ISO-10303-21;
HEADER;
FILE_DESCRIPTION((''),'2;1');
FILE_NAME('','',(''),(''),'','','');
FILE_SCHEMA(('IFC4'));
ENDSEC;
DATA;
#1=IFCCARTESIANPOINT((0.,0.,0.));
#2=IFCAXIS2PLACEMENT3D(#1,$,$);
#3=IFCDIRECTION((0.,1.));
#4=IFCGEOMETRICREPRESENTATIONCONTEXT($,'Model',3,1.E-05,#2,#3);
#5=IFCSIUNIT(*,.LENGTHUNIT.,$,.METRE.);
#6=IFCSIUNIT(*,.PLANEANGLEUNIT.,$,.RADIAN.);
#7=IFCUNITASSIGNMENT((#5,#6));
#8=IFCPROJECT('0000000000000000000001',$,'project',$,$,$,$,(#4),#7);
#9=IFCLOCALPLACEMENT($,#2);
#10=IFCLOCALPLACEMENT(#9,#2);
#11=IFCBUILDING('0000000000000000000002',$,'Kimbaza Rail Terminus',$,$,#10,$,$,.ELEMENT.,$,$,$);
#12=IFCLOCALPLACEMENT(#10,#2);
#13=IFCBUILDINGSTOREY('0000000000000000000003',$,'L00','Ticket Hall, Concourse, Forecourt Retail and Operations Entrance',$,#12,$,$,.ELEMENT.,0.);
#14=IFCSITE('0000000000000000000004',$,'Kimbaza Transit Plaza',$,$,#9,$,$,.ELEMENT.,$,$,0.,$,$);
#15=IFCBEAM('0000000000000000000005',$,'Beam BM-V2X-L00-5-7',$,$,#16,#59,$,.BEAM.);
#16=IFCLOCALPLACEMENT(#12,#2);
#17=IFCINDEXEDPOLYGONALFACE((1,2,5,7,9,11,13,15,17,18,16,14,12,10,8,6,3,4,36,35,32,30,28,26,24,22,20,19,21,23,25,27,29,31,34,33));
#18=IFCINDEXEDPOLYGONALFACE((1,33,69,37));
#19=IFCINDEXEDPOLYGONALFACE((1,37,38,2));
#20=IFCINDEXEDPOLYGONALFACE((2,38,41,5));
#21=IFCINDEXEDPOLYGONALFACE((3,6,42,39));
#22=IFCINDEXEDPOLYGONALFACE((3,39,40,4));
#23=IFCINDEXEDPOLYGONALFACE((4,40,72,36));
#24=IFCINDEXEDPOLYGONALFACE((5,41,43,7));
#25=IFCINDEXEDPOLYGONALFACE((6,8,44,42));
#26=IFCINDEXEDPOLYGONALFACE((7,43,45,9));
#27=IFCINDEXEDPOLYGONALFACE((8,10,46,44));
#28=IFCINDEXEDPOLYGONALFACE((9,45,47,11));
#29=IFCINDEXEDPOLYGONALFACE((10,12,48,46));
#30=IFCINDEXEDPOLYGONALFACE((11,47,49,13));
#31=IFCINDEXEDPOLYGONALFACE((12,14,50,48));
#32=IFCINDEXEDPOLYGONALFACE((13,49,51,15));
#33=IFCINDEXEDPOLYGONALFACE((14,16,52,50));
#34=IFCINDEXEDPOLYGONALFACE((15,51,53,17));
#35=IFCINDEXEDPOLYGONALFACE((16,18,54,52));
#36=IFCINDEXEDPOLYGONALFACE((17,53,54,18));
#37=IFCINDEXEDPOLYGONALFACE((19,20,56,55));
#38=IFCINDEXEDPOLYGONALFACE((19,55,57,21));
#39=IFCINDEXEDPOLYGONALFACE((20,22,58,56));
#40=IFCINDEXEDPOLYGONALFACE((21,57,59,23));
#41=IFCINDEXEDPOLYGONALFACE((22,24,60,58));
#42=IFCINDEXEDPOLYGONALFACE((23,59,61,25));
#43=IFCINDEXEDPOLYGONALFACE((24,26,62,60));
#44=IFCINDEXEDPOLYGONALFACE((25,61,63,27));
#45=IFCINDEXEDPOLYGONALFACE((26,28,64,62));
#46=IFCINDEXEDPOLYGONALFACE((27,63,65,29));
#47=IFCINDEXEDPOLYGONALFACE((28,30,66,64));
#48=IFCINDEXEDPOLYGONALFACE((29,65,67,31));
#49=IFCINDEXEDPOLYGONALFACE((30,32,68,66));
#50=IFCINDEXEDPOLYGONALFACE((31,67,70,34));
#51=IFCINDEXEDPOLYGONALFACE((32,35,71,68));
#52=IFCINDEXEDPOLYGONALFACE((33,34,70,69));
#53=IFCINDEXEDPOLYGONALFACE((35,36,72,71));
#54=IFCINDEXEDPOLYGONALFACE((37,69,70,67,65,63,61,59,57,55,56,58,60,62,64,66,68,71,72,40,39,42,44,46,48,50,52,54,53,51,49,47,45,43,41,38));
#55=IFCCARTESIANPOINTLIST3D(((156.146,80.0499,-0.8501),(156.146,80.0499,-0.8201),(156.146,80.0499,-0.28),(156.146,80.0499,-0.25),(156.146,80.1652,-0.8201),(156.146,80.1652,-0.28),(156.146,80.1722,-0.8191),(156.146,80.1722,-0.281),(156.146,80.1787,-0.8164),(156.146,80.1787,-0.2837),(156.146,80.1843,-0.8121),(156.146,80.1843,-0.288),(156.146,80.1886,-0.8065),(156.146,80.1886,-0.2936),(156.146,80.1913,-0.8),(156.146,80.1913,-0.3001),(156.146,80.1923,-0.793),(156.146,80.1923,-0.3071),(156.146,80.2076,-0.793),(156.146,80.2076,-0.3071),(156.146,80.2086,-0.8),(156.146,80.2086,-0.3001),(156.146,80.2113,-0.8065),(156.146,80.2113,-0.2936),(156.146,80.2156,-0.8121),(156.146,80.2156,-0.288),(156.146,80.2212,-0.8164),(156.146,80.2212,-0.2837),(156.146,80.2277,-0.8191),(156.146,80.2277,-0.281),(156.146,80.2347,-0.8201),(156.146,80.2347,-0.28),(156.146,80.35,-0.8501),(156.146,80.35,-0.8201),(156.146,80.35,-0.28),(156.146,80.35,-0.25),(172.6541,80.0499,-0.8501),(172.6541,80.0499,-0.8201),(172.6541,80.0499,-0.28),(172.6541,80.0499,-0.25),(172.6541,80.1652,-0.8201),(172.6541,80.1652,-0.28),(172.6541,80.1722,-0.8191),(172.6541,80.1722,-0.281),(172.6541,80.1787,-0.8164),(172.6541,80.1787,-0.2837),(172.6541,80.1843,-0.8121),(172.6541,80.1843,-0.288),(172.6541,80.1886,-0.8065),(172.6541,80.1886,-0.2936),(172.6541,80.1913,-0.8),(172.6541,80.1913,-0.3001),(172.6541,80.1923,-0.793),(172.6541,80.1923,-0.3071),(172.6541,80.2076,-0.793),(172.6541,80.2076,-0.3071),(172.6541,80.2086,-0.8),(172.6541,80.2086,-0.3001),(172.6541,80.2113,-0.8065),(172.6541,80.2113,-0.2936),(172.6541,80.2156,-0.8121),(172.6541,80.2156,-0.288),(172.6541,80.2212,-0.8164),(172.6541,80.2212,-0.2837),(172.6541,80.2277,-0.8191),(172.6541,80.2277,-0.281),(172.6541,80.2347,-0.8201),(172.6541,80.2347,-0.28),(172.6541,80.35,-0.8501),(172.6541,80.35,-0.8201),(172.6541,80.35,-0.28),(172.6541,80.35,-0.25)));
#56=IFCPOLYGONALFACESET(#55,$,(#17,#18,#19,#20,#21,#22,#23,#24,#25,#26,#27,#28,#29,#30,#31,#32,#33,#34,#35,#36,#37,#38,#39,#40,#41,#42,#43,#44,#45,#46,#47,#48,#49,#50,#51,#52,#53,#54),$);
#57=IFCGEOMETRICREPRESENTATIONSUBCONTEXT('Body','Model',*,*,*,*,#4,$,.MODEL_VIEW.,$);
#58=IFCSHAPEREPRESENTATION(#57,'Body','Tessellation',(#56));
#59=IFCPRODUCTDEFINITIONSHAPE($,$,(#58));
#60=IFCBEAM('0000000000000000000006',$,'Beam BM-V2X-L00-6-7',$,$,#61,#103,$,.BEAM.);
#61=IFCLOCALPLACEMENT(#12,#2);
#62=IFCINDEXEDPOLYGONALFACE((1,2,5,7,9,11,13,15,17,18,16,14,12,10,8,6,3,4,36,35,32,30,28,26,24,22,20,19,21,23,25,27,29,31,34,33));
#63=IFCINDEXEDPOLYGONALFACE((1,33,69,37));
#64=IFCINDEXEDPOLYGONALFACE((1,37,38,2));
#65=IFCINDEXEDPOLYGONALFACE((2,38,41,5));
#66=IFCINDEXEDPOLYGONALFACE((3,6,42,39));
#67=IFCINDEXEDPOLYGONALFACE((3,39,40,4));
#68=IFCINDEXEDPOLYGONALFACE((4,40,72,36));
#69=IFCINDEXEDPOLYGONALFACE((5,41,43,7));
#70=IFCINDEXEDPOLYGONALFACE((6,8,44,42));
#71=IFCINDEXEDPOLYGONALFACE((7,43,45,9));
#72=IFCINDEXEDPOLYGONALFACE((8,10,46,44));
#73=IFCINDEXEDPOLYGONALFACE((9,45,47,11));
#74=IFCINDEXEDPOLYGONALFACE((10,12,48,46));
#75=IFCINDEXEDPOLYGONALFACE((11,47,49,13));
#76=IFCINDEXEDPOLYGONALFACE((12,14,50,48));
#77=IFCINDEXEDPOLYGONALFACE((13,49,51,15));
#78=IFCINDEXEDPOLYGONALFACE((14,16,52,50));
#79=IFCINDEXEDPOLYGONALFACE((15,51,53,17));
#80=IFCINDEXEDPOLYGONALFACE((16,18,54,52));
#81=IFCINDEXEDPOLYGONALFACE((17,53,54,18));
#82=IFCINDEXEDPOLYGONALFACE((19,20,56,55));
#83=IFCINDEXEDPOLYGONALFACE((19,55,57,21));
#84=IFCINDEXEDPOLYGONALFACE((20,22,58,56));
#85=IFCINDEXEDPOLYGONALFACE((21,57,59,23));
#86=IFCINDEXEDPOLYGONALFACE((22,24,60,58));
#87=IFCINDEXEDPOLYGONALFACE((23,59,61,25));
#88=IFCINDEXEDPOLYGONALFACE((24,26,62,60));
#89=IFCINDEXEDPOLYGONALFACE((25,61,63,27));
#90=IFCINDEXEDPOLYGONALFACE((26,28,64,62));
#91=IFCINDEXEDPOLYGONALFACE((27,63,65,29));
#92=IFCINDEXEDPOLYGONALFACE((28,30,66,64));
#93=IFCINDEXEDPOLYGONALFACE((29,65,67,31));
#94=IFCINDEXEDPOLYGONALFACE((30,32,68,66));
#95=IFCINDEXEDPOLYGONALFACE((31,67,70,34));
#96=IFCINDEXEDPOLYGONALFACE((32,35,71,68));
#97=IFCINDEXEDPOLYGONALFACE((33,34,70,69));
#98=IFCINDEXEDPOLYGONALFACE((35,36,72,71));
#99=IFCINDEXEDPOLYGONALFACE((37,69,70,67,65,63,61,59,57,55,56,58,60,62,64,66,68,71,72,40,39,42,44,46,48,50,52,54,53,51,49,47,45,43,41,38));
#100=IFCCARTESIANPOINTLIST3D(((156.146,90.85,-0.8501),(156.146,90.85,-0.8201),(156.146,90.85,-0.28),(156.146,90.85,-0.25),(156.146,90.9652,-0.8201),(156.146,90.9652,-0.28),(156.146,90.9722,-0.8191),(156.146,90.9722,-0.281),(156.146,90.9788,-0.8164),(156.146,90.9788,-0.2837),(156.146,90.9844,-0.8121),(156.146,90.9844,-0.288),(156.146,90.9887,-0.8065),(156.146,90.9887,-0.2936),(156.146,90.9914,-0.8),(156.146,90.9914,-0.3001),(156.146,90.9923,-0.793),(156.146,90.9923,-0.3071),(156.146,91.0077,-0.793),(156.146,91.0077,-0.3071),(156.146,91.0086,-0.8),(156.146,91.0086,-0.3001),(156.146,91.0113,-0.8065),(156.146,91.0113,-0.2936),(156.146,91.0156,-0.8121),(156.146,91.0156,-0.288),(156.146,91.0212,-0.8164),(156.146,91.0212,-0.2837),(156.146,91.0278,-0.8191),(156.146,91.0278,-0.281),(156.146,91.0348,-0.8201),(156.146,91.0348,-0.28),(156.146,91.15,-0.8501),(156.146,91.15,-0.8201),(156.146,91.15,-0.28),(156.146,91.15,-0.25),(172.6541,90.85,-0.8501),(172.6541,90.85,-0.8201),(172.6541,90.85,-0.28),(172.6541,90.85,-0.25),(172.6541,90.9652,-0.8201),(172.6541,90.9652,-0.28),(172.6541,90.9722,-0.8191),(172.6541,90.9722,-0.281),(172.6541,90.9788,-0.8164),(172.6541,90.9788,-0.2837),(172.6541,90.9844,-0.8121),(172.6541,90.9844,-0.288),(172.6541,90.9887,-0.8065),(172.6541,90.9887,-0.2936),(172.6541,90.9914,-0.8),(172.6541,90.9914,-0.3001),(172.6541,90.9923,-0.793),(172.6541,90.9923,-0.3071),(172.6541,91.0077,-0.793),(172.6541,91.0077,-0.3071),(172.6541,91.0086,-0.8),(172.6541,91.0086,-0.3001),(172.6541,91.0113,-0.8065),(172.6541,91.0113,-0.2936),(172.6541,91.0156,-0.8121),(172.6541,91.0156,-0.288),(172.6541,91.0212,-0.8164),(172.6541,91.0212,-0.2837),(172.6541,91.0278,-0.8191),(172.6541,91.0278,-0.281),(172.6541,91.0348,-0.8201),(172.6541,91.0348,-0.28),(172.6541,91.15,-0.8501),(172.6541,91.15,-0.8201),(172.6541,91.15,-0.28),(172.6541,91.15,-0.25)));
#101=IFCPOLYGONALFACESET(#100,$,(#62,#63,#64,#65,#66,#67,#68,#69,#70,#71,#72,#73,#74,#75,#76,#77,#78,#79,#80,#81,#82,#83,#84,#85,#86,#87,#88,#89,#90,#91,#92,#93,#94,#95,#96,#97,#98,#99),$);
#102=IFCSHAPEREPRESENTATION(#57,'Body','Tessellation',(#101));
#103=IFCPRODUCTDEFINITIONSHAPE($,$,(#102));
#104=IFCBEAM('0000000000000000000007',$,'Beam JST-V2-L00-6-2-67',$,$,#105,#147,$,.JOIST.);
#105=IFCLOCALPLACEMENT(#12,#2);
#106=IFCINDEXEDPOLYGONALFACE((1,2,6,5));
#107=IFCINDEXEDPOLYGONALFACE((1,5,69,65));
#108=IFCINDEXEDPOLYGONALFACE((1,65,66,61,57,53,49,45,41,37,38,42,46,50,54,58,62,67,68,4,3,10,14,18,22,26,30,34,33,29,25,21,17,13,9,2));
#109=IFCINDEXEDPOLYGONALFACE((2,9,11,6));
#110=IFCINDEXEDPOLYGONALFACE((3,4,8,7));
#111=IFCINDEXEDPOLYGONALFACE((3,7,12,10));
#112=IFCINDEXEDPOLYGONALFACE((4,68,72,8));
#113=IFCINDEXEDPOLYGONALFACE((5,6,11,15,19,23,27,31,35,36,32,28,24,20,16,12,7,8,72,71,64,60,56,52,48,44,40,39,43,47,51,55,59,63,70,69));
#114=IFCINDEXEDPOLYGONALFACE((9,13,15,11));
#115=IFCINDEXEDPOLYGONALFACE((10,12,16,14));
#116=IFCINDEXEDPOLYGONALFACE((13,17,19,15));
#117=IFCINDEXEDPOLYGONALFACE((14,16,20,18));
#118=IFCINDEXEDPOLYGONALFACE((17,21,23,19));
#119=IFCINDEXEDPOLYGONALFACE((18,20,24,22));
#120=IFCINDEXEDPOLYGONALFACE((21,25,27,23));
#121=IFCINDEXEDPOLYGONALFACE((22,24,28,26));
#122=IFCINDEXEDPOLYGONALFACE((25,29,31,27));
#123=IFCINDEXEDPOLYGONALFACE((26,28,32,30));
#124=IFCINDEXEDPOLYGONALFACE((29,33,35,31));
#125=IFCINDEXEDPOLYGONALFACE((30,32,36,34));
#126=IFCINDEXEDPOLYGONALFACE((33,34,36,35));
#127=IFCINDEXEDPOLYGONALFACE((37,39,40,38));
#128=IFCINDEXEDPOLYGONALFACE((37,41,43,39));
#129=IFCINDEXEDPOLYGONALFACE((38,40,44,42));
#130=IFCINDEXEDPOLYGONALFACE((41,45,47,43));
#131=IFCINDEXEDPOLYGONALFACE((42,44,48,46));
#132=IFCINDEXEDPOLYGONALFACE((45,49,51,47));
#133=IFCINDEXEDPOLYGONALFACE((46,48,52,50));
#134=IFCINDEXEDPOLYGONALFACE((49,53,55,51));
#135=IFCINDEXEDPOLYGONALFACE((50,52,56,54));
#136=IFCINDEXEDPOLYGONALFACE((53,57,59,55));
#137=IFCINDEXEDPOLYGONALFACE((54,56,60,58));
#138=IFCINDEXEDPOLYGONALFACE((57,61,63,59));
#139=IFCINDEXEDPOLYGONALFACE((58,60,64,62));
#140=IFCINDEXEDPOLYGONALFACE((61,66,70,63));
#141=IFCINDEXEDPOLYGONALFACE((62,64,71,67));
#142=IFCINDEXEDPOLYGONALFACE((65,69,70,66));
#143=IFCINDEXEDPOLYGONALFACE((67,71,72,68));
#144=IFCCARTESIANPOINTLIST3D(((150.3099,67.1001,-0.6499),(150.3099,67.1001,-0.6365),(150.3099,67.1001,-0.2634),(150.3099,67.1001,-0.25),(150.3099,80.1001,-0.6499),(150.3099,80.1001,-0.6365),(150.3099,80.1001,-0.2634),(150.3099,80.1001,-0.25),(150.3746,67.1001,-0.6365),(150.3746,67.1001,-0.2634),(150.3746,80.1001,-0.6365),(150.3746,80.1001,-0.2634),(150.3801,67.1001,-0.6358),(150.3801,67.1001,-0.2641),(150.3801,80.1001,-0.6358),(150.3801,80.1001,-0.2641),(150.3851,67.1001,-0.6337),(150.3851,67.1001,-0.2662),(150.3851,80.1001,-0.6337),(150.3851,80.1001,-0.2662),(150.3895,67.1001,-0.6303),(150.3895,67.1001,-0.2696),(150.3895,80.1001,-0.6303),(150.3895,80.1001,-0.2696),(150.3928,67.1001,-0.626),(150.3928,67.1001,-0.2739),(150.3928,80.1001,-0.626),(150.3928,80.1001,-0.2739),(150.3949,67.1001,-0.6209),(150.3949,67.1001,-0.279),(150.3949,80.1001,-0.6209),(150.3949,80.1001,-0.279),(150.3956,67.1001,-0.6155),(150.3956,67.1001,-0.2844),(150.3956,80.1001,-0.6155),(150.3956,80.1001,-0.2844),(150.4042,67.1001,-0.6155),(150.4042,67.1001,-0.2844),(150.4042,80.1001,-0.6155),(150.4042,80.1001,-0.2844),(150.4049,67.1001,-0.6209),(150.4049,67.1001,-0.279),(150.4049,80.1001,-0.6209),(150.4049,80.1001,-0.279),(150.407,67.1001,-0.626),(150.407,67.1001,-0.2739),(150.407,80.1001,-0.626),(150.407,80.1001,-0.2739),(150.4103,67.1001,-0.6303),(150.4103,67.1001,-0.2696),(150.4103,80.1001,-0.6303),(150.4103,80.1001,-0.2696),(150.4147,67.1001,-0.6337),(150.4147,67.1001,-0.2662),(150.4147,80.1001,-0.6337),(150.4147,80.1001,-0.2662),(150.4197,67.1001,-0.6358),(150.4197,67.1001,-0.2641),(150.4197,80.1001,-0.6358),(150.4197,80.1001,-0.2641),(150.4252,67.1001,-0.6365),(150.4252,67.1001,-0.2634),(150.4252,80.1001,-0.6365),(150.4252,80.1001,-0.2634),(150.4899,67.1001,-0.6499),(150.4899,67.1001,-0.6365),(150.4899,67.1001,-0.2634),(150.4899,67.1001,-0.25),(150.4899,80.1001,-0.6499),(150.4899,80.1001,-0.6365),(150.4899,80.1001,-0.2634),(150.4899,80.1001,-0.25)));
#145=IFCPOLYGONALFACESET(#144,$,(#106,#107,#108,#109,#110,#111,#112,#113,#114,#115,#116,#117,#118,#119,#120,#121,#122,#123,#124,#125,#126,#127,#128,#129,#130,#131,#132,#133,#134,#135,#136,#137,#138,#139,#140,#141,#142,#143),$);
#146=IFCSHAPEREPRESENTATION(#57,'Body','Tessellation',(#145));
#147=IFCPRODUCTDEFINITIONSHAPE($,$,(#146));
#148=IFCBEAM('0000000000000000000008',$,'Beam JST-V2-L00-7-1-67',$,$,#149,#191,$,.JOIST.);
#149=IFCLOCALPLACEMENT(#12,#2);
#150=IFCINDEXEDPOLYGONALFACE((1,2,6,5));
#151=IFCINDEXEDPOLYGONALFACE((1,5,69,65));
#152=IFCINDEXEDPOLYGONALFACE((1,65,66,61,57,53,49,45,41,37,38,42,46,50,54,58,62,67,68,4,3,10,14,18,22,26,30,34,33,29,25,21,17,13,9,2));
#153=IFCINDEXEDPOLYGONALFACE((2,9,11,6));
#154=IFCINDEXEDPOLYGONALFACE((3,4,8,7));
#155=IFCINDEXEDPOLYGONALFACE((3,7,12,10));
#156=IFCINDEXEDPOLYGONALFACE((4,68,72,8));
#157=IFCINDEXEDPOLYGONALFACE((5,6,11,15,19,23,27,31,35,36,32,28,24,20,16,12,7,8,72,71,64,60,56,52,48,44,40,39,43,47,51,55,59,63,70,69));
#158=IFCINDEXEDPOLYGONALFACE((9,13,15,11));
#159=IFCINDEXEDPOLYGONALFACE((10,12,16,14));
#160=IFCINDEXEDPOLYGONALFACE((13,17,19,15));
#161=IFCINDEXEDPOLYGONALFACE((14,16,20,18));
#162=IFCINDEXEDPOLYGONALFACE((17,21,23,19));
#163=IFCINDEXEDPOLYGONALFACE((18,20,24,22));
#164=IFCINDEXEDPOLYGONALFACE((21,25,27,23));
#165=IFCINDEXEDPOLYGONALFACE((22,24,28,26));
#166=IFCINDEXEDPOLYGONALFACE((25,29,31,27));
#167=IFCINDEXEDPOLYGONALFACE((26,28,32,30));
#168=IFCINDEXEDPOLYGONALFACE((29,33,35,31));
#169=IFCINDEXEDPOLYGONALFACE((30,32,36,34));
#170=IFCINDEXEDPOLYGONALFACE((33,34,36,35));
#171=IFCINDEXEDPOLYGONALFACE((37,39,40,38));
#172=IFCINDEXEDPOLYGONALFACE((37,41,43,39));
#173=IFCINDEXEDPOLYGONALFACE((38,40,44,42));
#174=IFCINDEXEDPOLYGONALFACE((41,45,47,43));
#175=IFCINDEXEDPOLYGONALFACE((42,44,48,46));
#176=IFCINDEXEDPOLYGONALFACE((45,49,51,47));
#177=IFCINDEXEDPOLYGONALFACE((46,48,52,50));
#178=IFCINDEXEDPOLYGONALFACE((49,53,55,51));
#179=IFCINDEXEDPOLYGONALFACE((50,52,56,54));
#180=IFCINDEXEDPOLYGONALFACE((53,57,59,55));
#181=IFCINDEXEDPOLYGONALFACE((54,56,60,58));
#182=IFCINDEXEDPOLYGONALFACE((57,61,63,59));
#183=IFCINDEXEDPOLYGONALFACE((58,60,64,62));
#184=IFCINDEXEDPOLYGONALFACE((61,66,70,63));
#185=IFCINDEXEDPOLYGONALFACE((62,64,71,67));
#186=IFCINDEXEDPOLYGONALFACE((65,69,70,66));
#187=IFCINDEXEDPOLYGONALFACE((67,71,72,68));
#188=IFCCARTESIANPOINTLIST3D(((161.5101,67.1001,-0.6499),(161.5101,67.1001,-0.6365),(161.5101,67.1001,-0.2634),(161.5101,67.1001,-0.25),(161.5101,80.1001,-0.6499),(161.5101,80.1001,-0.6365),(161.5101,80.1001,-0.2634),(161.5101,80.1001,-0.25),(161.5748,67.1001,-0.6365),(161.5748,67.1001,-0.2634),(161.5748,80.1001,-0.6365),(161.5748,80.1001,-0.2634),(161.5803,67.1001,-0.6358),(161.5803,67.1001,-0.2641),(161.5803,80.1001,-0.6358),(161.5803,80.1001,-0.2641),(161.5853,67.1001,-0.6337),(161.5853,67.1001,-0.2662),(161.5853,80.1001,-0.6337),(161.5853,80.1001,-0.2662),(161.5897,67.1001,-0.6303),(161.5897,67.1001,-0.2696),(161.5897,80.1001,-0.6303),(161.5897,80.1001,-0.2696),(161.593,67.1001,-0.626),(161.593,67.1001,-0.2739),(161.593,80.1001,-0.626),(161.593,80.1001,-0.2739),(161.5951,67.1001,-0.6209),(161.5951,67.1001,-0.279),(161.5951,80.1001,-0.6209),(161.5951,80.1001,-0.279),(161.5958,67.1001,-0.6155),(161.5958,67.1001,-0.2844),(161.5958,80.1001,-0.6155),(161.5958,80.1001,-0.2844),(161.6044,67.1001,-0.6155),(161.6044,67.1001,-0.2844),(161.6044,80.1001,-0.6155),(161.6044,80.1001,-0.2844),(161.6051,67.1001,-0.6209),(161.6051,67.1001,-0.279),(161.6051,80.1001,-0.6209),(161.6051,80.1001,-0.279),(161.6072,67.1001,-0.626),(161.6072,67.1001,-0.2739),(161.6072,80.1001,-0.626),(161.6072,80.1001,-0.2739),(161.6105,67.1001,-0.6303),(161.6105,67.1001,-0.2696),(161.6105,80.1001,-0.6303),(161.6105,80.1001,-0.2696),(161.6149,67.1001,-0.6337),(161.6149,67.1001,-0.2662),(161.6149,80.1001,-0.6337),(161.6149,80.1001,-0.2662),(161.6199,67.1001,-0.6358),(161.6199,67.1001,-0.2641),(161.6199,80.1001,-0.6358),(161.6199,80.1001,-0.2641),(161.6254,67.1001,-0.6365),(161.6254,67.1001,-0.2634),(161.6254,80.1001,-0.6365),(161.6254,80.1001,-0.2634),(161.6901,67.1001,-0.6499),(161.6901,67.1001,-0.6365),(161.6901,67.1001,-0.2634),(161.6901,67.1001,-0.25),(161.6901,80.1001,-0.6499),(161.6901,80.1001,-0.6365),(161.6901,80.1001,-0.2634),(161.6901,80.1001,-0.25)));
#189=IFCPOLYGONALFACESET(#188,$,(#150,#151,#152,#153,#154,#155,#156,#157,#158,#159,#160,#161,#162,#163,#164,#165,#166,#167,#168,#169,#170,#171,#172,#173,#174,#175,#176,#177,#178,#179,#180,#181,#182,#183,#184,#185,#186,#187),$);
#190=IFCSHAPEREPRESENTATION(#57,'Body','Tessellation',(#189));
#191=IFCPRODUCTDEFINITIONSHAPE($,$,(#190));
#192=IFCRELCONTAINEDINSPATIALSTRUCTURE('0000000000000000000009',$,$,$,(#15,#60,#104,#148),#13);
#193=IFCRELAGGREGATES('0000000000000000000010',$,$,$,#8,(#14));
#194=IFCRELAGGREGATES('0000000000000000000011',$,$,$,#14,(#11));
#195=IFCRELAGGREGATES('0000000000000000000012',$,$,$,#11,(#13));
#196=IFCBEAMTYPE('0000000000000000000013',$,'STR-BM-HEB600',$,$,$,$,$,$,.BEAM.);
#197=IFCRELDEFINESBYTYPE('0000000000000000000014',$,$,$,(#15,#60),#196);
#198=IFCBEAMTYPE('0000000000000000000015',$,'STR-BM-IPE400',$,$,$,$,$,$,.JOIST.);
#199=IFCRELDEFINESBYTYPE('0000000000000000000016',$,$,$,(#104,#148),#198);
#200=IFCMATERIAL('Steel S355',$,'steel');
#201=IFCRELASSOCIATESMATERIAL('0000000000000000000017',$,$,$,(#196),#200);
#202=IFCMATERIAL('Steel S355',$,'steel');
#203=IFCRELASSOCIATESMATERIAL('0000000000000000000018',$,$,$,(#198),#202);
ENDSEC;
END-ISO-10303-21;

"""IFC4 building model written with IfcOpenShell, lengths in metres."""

from ifc_helpers import new_model, si_unit, direction, frame, origin, origin_2d, place, context, subcontext, project, spatial, i_section, extrude, material, material_profile, profile_set, type_object, element, save


model = new_model("IFC4")

# Units and contexts
model_context = context("Model", 3, precision=1e-05, world=origin(), true_north=direction((0.0, 1.0)))
body_context = subcontext(model_context, "Body", "Model", "MODEL_VIEW")
ifc_project = project(units=[si_unit("LENGTHUNIT", "METRE"), si_unit("PLANEANGLEUNIT", "RADIAN")], contexts=[model_context])

# Site, building, storey
site_placement = place(None, origin())
site = spatial("IfcSite", under=ifc_project, at=site_placement, Name="Kimbaza Transit Plaza", CompositionType="ELEMENT", RefElevation=0.0)
building_placement = place(site_placement, origin())
building = spatial("IfcBuilding", under=site, at=building_placement, Name="Kimbaza Rail Terminus", CompositionType="ELEMENT")
storey_placement = place(building_placement, origin())
storey = spatial("IfcBuildingStorey", under=building, at=storey_placement, Name="L00", Description="Ticket Hall, Concourse, Forecourt Retail and Operations Entrance", CompositionType="ELEMENT", Elevation=0.0)

# Beams
ifc_material_1 = material(Name="Steel S355", Category="steel")
ifc_material_profile_1 = material_profile(ifc_material_1, i_section(OverallWidth=0.3, OverallDepth=0.6001, WebThickness=0.0154, FlangeThickness=0.03, FilletRadius=0.0271, at=origin_2d()), Name="HEB 600")
ifc_profile_set_1 = profile_set([ifc_material_profile_1], Name="Steel S355")
beam_type_1 = type_object("IfcBeamType", Name="STR-BM-HEB600", PredefinedType="BEAM", material=ifc_profile_set_1)
for number, where, z_axis, x_axis, name in (
    (1, (156.146, 80.2, -0.55), (1.0, 0.0, 0.0), (0.0, 1.0, 0.0), "Beam BM-V2X-L00-5-7"),
    (2, (156.146, 91.0, -0.55), (1.0, 0.0, 0.0), (0.0, 1.0, 0.0), "Beam BM-V2X-L00-6-7"),
):
    element("IfcBeam", number, at=place(storey_placement, frame(where, z_axis=z_axis, x_axis=x_axis)), inside=storey, type_object=beam_type_1, Name=name, PredefinedType="BEAM", context=body_context, shape_type="SweptSolid", body=[
        extrude(i_section(OverallWidth=0.3, OverallDepth=0.6001, WebThickness=0.0154, FlangeThickness=0.03, FilletRadius=0.0271, at=origin_2d()), origin(), (0.0, 0.0, 1.0), 16.5081),
    ])
ifc_material_2 = material(Name="Steel S355", Category="steel")
ifc_material_profile_2 = material_profile(ifc_material_2, i_section(OverallWidth=0.1799, OverallDepth=0.3999, WebThickness=0.0085, FlangeThickness=0.0134, FilletRadius=0.021, at=origin_2d()), Name="IPE 400")
ifc_profile_set_2 = profile_set([ifc_material_profile_2], Name="Steel S355")
beam_type_2 = type_object("IfcBeamType", Name="STR-BM-IPE400", PredefinedType="JOIST", material=ifc_profile_set_2)
for number, where, z_axis, x_axis, name in (
    (3, (150.3999, 67.1001, -0.45), (0.0, 1.0, 0.0), (-1.0, 0.0, 0.0), "Beam JST-V2-L00-6-2-67"),
    (4, (161.6001, 67.1001, -0.45), (0.0, 1.0, 0.0), (-1.0, 0.0, 0.0), "Beam JST-V2-L00-7-1-67"),
):
    element("IfcBeam", number, at=place(storey_placement, frame(where, z_axis=z_axis, x_axis=x_axis)), inside=storey, type_object=beam_type_2, Name=name, PredefinedType="JOIST", context=body_context, shape_type="SweptSolid", body=[
        extrude(i_section(OverallWidth=0.1799, OverallDepth=0.3999, WebThickness=0.0085, FlangeThickness=0.0134, FilletRadius=0.021, at=origin_2d()), origin(), (0.0, 0.0, 1.0), 13.0),
    ])

save(model, "model.ifc")
